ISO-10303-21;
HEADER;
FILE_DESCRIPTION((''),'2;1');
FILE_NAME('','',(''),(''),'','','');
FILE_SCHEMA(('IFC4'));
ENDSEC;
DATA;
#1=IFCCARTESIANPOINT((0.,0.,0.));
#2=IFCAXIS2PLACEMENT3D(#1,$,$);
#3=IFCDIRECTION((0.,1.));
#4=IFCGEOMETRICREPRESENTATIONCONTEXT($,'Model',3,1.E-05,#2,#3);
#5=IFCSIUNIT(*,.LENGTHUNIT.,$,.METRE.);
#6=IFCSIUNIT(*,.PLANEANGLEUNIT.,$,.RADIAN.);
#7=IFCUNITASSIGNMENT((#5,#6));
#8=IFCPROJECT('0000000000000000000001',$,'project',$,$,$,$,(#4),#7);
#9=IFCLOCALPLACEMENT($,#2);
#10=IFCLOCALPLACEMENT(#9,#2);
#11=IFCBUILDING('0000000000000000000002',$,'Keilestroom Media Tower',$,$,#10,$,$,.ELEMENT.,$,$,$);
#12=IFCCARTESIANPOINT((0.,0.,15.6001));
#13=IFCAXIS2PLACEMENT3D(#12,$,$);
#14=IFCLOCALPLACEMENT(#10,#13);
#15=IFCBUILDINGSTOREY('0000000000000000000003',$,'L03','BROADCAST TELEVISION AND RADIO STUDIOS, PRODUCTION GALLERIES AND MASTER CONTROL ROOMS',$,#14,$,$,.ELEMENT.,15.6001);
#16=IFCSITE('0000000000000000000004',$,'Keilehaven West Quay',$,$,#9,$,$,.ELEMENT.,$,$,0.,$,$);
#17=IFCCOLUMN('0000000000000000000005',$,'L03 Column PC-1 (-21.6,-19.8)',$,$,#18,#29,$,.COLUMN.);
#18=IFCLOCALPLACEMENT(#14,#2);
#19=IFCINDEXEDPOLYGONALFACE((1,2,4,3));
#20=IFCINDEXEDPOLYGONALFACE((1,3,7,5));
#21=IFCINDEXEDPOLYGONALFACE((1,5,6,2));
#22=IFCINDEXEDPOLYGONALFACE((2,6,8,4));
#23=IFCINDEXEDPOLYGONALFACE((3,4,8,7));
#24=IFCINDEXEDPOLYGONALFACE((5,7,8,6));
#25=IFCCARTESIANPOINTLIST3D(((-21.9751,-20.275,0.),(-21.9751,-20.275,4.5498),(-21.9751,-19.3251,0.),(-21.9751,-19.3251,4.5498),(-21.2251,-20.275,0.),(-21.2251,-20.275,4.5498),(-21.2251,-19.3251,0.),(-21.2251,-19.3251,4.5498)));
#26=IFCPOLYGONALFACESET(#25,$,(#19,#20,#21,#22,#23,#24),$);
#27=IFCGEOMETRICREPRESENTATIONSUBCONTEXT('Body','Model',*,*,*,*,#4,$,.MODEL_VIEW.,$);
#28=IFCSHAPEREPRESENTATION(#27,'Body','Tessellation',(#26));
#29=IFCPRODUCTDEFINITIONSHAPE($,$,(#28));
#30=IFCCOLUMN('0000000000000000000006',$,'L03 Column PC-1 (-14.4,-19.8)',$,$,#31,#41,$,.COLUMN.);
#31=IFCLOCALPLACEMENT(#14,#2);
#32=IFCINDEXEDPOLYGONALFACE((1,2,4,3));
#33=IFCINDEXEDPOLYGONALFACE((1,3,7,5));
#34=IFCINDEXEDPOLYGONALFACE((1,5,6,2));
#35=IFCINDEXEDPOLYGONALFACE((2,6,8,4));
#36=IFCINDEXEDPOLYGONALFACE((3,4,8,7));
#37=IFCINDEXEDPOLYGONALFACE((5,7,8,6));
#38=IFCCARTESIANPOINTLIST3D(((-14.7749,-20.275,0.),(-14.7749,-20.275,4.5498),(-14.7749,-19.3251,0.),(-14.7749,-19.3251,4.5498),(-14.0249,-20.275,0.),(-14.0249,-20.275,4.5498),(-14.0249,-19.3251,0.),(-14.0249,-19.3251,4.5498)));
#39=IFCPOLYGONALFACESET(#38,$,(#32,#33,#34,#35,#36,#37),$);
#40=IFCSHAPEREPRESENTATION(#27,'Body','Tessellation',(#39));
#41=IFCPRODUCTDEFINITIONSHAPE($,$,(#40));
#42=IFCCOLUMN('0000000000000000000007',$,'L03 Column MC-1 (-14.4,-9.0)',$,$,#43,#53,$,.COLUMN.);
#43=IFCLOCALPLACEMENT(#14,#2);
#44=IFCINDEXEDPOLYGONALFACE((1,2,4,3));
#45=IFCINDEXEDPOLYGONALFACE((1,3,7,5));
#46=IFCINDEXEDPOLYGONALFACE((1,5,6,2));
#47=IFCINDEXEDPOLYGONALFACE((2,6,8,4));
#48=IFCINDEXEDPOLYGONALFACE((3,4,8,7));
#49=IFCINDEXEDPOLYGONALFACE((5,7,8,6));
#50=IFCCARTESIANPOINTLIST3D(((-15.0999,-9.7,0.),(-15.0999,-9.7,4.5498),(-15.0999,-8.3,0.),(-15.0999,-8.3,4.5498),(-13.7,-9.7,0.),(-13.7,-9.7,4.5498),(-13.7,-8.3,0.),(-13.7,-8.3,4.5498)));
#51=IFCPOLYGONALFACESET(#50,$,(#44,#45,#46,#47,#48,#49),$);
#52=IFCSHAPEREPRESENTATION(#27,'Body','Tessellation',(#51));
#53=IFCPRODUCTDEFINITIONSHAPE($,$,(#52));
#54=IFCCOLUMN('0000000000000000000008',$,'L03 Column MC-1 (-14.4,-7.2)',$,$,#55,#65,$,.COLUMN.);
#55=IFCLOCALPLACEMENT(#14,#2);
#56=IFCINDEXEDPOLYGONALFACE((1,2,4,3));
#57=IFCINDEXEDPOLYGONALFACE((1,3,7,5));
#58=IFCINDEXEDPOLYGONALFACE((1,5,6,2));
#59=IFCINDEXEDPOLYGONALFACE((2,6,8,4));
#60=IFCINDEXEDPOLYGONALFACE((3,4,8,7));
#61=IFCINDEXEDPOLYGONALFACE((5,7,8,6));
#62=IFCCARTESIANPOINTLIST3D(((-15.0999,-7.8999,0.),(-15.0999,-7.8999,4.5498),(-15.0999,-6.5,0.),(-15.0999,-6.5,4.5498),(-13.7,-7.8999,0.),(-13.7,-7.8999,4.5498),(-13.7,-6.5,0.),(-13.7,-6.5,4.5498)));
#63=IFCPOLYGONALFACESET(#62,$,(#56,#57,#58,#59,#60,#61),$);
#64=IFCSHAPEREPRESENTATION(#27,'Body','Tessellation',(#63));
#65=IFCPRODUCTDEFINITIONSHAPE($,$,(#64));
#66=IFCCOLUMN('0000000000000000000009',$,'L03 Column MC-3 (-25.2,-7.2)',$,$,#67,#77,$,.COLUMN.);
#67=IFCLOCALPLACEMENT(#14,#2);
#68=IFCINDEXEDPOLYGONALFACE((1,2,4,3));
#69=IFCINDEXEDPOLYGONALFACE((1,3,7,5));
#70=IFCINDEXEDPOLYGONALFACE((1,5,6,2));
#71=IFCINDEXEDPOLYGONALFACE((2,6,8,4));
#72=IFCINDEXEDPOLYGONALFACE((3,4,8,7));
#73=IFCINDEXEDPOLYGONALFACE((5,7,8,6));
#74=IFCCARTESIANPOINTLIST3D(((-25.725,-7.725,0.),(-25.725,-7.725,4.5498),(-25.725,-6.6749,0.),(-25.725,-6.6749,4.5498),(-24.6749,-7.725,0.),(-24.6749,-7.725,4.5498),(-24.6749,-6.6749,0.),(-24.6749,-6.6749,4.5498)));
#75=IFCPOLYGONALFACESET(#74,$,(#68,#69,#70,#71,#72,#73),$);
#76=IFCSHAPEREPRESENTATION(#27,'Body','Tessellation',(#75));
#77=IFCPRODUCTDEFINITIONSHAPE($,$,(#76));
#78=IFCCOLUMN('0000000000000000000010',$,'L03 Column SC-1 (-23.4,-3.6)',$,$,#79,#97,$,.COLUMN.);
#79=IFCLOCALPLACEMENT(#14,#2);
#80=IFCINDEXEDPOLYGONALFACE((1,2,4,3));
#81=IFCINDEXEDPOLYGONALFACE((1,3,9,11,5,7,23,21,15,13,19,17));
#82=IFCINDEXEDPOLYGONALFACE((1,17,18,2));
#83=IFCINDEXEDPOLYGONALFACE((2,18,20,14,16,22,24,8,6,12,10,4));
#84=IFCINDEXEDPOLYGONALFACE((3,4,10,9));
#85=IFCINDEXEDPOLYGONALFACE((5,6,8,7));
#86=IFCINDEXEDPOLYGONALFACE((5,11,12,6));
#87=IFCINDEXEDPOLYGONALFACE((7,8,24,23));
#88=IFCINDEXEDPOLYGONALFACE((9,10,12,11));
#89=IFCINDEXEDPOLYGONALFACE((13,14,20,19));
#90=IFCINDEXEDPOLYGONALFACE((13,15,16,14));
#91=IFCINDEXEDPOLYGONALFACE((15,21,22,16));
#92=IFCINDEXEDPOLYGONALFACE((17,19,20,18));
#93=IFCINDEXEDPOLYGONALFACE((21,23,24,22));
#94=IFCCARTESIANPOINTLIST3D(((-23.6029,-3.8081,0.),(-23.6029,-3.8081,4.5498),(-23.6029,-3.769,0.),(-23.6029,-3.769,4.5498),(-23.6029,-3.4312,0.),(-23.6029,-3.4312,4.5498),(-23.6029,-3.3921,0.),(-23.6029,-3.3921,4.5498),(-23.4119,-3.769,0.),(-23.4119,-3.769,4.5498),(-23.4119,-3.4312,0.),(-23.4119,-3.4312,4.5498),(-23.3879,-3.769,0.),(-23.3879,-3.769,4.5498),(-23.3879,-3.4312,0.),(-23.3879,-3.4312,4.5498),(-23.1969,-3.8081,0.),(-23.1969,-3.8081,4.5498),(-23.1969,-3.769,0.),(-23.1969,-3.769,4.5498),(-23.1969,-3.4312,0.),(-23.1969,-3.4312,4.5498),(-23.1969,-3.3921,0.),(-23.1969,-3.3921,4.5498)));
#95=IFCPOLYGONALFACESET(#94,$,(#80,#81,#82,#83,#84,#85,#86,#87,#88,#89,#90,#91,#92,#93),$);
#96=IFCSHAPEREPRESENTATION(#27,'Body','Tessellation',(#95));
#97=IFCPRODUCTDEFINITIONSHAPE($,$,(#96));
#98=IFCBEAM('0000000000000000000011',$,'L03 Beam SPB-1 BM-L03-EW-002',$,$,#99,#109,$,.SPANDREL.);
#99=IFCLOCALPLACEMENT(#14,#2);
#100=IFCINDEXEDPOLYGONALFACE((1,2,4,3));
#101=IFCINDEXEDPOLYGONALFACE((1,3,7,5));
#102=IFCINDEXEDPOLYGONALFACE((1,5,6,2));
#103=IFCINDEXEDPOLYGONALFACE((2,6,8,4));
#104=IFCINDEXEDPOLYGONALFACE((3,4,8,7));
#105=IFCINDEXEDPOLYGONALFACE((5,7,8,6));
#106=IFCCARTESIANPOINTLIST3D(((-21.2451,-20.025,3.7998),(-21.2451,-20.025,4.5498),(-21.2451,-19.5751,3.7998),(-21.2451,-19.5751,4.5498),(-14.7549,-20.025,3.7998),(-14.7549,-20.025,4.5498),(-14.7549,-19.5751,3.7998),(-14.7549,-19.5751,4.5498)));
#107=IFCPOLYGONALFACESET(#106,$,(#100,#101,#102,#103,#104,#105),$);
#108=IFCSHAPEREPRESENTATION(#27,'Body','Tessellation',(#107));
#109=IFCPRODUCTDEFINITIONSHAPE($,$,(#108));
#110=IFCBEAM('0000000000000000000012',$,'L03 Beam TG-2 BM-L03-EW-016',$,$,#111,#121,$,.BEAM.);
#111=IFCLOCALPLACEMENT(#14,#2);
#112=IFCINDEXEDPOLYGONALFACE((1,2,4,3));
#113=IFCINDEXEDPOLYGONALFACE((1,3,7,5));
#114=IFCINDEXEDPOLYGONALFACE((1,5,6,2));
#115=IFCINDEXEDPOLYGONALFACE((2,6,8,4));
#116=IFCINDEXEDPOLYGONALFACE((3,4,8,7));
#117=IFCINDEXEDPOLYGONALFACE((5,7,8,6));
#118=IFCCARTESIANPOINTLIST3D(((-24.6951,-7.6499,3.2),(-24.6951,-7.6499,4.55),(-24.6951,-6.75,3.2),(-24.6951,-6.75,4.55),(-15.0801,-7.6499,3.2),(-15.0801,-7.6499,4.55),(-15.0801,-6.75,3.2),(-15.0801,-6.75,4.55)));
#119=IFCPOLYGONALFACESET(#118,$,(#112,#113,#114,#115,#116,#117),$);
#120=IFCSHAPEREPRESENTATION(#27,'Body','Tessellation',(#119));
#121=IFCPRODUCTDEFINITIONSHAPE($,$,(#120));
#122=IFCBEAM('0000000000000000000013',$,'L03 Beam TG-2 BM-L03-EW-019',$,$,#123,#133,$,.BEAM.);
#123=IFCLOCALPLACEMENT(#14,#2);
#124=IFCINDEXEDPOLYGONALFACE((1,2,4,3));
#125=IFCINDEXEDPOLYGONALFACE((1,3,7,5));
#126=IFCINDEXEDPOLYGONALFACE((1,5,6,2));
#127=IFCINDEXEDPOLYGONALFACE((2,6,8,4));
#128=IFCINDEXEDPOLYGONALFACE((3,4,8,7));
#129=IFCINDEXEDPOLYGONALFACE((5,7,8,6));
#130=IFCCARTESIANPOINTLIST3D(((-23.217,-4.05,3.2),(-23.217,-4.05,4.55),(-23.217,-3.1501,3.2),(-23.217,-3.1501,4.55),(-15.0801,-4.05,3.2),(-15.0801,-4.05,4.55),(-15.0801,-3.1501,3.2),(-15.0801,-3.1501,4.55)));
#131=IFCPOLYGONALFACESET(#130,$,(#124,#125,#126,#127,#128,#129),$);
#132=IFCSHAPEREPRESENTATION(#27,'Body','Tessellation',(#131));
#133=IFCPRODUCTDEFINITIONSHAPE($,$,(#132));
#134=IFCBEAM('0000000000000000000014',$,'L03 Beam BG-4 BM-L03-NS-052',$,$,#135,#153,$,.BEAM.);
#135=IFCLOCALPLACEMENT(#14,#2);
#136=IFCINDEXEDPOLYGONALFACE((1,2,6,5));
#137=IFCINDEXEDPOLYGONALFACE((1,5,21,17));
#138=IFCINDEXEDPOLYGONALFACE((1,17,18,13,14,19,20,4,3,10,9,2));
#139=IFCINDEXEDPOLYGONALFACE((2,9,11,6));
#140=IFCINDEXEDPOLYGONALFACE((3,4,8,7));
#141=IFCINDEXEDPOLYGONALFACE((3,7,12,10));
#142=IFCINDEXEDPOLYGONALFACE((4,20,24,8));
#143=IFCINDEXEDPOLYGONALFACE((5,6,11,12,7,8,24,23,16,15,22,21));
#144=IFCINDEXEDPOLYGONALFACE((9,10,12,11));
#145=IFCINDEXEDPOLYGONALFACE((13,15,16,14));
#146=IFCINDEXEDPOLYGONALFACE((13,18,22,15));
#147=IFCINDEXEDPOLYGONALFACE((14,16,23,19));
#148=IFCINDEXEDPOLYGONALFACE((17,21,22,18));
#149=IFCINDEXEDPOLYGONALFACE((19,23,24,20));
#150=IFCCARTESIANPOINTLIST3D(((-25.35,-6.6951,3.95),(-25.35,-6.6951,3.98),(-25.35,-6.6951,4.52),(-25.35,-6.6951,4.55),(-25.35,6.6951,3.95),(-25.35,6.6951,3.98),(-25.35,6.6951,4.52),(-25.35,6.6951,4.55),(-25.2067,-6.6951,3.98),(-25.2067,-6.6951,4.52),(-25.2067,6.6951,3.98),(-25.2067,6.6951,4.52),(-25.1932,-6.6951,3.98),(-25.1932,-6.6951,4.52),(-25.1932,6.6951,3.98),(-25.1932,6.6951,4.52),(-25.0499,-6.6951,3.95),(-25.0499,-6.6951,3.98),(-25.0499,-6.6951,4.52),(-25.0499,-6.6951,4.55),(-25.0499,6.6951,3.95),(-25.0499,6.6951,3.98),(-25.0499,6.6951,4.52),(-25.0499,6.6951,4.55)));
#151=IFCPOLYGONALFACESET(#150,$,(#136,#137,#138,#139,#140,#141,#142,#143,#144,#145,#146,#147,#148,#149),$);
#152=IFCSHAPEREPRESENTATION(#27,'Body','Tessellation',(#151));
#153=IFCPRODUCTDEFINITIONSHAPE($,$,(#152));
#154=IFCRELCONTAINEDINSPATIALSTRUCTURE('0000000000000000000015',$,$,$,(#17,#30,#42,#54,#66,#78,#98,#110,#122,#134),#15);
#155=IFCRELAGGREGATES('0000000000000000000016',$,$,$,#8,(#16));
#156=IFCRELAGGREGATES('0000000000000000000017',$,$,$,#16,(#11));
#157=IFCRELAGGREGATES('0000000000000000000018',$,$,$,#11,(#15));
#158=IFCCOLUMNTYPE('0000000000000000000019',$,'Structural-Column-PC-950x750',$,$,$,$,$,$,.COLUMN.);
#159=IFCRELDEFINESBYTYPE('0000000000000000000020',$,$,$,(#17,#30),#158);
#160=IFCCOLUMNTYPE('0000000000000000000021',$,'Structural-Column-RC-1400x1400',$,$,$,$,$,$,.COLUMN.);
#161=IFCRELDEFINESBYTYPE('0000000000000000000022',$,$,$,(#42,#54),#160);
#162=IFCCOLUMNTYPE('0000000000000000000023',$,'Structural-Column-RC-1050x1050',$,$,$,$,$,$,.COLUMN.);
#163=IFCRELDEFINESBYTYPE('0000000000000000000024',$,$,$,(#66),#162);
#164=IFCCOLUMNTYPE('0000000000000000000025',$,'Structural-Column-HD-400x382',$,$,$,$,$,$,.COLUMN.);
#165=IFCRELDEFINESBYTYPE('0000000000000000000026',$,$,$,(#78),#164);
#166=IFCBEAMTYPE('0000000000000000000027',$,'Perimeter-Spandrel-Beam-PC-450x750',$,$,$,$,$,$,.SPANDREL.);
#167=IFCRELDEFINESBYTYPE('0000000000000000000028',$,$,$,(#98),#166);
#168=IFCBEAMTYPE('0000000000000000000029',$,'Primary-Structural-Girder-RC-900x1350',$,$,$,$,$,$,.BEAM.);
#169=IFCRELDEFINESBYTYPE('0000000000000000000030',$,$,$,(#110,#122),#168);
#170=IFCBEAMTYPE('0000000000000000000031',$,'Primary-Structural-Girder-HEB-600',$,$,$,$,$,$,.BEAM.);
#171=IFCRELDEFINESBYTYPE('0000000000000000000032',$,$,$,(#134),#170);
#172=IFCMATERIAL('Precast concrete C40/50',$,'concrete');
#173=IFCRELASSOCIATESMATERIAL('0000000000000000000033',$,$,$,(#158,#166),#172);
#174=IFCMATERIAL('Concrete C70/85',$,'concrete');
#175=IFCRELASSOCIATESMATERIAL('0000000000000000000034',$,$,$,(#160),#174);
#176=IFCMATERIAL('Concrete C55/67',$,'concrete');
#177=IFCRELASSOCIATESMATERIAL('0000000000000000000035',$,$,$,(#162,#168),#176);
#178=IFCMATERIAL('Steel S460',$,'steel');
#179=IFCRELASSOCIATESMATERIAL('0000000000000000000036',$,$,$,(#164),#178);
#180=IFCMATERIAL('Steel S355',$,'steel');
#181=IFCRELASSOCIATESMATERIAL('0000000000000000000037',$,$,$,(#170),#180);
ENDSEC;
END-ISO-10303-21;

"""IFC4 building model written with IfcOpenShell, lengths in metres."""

from ifc_helpers import new_model, si_unit, direction, frame, origin, origin_2d, place, context, subcontext, project, spatial, rectangle, i_section, extrude, source, transform, mapped, material, material_profile, profile_set, type_object, element, save


model = new_model("IFC4")

# Units and contexts
model_context = context("Model", 3, precision=1e-05, world=origin(), true_north=direction((0.0, 1.0)))
body_context = subcontext(model_context, "Body", "Model", "MODEL_VIEW")
ifc_project = project(units=[si_unit("LENGTHUNIT", "METRE"), si_unit("PLANEANGLEUNIT", "RADIAN")], contexts=[model_context])

# Site, building, storey
site_placement = place(None, origin())
site = spatial("IfcSite", under=ifc_project, at=site_placement, Name="Keilehaven West Quay", CompositionType="ELEMENT", RefElevation=0.0)
building_placement = place(site_placement, origin())
building = spatial("IfcBuilding", under=site, at=building_placement, Name="Keilestroom Media Tower", CompositionType="ELEMENT")
storey_placement = place(building_placement, frame((0.0, 0.0, 15.6001)))
storey = spatial("IfcBuildingStorey", under=building, at=storey_placement, Name="L03", Description="BROADCAST TELEVISION AND RADIO STUDIOS, PRODUCTION GALLERIES AND MASTER CONTROL ROOMS", CompositionType="ELEMENT", Elevation=15.6001)

# Columns
ifc_material_1 = material(Name="Precast concrete C40/50", Category="concrete")
ifc_material_profile_1 = material_profile(ifc_material_1, rectangle(XDim=0.75, YDim=0.95, at=origin_2d()), Name="PC 950x750")
ifc_profile_set_1 = profile_set([ifc_material_profile_1], Name="Precast concrete C40/50")
column_type_1 = type_object("IfcColumnType", Name="Structural-Column-PC-950x750", PredefinedType="COLUMN", material=ifc_profile_set_1)
shared_shape_1 = source(origin(), body_context, "Body", "SweptSolid", [
    extrude(rectangle(XDim=0.75, YDim=0.95, at=origin_2d()), origin(), (0.0, 0.0, 1.0), 4.5498),
])
for number, where, z_axis, x_axis, name in (
    (1, (-21.6001, -19.8, 0.0), (0.0, 0.0, 1.0), (1.0, 0.0, 0.0), "L03 Column PC-1 (-21.6,-19.8)"),
    (2, (-14.3999, -19.8, 0.0), (0.0, 0.0, 1.0), (1.0, 0.0, 0.0), "L03 Column PC-1 (-14.4,-19.8)"),
):
    element("IfcColumn", number, at=place(storey_placement, frame(where, z_axis=z_axis, x_axis=x_axis)), inside=storey, type_object=column_type_1, Name=name, PredefinedType="COLUMN", context=body_context, shape_type="MappedRepresentation", body=[
        mapped(shared_shape_1, transform((0.0, 0.0, 0.0), x_axis=(1.0, 0.0, 0.0), y_axis=(0.0, 1.0, 0.0), z_axis=(0.0, 0.0, 1.0), scale=1.0)),
    ])
ifc_material_2 = material(Name="Concrete C70/85", Category="concrete")
ifc_material_profile_2 = material_profile(ifc_material_2, rectangle(XDim=1.3999, YDim=1.3999, at=origin_2d()), Name="RC 1400x1400")
ifc_profile_set_2 = profile_set([ifc_material_profile_2], Name="Concrete C70/85")
column_type_2 = type_object("IfcColumnType", Name="Structural-Column-RC-1400x1400", PredefinedType="COLUMN", material=ifc_profile_set_2)
shared_shape_2 = source(origin(), body_context, "Body", "SweptSolid", [
    extrude(rectangle(XDim=1.3999, YDim=1.3999, at=origin_2d()), origin(), (0.0, 0.0, 1.0), 4.5498),
])
for number, where, z_axis, x_axis, name in (
    (3, (-14.3999, -9.0, 0.0), (0.0, 0.0, 1.0), (1.0, 0.0, 0.0), "L03 Column MC-1 (-14.4,-9.0)"),
    (4, (-14.3999, -7.2, 0.0), (0.0, 0.0, 1.0), (1.0, 0.0, 0.0), "L03 Column MC-1 (-14.4,-7.2)"),
):
    element("IfcColumn", number, at=place(storey_placement, frame(where, z_axis=z_axis, x_axis=x_axis)), inside=storey, type_object=column_type_2, Name=name, PredefinedType="COLUMN", context=body_context, shape_type="MappedRepresentation", body=[
        mapped(shared_shape_2, transform((0.0, 0.0, 0.0), x_axis=(1.0, 0.0, 0.0), y_axis=(0.0, 1.0, 0.0), z_axis=(0.0, 0.0, 1.0), scale=1.0)),
    ])
ifc_material_3 = material(Name="Concrete C55/67", Category="concrete")
ifc_material_profile_3 = material_profile(ifc_material_3, rectangle(XDim=1.05, YDim=1.05, at=origin_2d()), Name="RC 1050x1050")
ifc_profile_set_3 = profile_set([ifc_material_profile_3], Name="Concrete C55/67")
column_type_3 = type_object("IfcColumnType", Name="Structural-Column-RC-1050x1050", PredefinedType="COLUMN", material=ifc_profile_set_3)
shared_shape_3 = source(origin(), body_context, "Body", "SweptSolid", [
    extrude(rectangle(XDim=1.05, YDim=1.05, at=origin_2d()), origin(), (0.0, 0.0, 1.0), 4.5498),
])
column_1_placement = place(storey_placement, frame((-25.2, -7.2, 0.0), z_axis=(0.0, 0.0, 1.0), x_axis=(1.0, 0.0, 0.0)))
element("IfcColumn", 5, at=column_1_placement, inside=storey, type_object=column_type_3, Name="L03 Column MC-3 (-25.2,-7.2)", PredefinedType="COLUMN", context=body_context, shape_type="MappedRepresentation", body=[
    mapped(shared_shape_3, transform((0.0, 0.0, 0.0), x_axis=(1.0, 0.0, 0.0), y_axis=(0.0, 1.0, 0.0), z_axis=(0.0, 0.0, 1.0), scale=1.0)),
])
ifc_material_4 = material(Name="Steel S460", Category="steel")
ifc_material_profile_4 = material_profile(ifc_material_4, i_section(OverallWidth=0.406, OverallDepth=0.416, WebThickness=0.0239, FlangeThickness=0.0391, at=origin_2d()), Name="HD 400x382")
ifc_profile_set_4 = profile_set([ifc_material_profile_4], Name="Steel S460")
column_type_4 = type_object("IfcColumnType", Name="Structural-Column-HD-400x382", PredefinedType="COLUMN", material=ifc_profile_set_4)
shared_shape_4 = source(origin(), body_context, "Body", "SweptSolid", [
    extrude(i_section(OverallWidth=0.406, OverallDepth=0.416, WebThickness=0.0239, FlangeThickness=0.0391, at=origin_2d()), origin(), (0.0, 0.0, 1.0), 4.5498),
])
column_2_placement = place(storey_placement, frame((-23.3999, -3.6001, 0.0), z_axis=(0.0, 0.0, 1.0), x_axis=(1.0, 0.0, 0.0)))
element("IfcColumn", 6, at=column_2_placement, inside=storey, type_object=column_type_4, Name="L03 Column SC-1 (-23.4,-3.6)", PredefinedType="COLUMN", context=body_context, shape_type="MappedRepresentation", body=[
    mapped(shared_shape_4, transform((0.0, 0.0, 0.0), x_axis=(1.0, 0.0, 0.0), y_axis=(0.0, 1.0, 0.0), z_axis=(0.0, 0.0, 1.0), scale=1.0)),
])

# Beams
ifc_material_profile_5 = material_profile(ifc_material_1, rectangle(XDim=0.45, YDim=0.75, at=origin_2d()), Name="PC 450x750")
ifc_profile_set_5 = profile_set([ifc_material_profile_5], Name="Precast concrete C40/50")
beam_type_1 = type_object("IfcBeamType", Name="Perimeter-Spandrel-Beam-PC-450x750", PredefinedType="SPANDREL", material=ifc_profile_set_5)
shared_shape_5 = source(origin(), body_context, "Body", "SweptSolid", [
    extrude(rectangle(XDim=0.45, YDim=0.75, at=origin_2d()), origin(), (0.0, 0.0, 1.0), 6.4902),
])
beam_1_placement = place(storey_placement, frame((-21.2451, -19.8, 4.1748), z_axis=(1.0, 0.0, 0.0), x_axis=(0.0, 1.0, 0.0)))
element("IfcBeam", 7, at=beam_1_placement, inside=storey, type_object=beam_type_1, Name="L03 Beam SPB-1 BM-L03-EW-002", PredefinedType="SPANDREL", context=body_context, shape_type="MappedRepresentation", body=[
    mapped(shared_shape_5, transform((0.0, 0.0, 0.0), x_axis=(1.0, 0.0, 0.0), y_axis=(0.0, 1.0, 0.0), z_axis=(0.0, 0.0, 1.0), scale=1.0)),
])
ifc_material_profile_6 = material_profile(ifc_material_3, rectangle(XDim=0.8999, YDim=1.3501, at=origin_2d()), Name="RC 900x1350")
ifc_profile_set_6 = profile_set([ifc_material_profile_6], Name="Concrete C55/67")
beam_type_2 = type_object("IfcBeamType", Name="Primary-Structural-Girder-RC-900x1350", PredefinedType="BEAM", material=ifc_profile_set_6)
shared_shape_6 = source(origin(), body_context, "Body", "SweptSolid", [
    extrude(rectangle(XDim=0.8999, YDim=1.3501, at=origin_2d()), origin(), (0.0, 0.0, 1.0), 9.615),
])
beam_2_placement = place(storey_placement, frame((-24.6951, -7.2, 3.875), z_axis=(1.0, 0.0, 0.0), x_axis=(0.0, 1.0, 0.0)))
element("IfcBeam", 8, at=beam_2_placement, inside=storey, type_object=beam_type_2, Name="L03 Beam TG-2 BM-L03-EW-016", PredefinedType="BEAM", context=body_context, shape_type="MappedRepresentation", body=[
    mapped(shared_shape_6, transform((0.0, 0.0, 0.0), x_axis=(1.0, 0.0, 0.0), y_axis=(0.0, 1.0, 0.0), z_axis=(0.0, 0.0, 1.0), scale=1.0)),
])
shared_shape_7 = source(origin(), body_context, "Body", "SweptSolid", [
    extrude(rectangle(XDim=0.8999, YDim=1.3501, at=origin_2d()), origin(), (0.0, 0.0, 1.0), 8.137),
])
beam_3_placement = place(storey_placement, frame((-23.217, -3.6001, 3.875), z_axis=(1.0, 0.0, 0.0), x_axis=(0.0, 1.0, 0.0)))
element("IfcBeam", 9, at=beam_3_placement, inside=storey, type_object=beam_type_2, Name="L03 Beam TG-2 BM-L03-EW-019", PredefinedType="BEAM", context=body_context, shape_type="MappedRepresentation", body=[
    mapped(shared_shape_7, transform((0.0, 0.0, 0.0), x_axis=(1.0, 0.0, 0.0), y_axis=(0.0, 1.0, 0.0), z_axis=(0.0, 0.0, 1.0), scale=1.0)),
])
ifc_material_5 = material(Name="Steel S355", Category="steel")
ifc_material_profile_7 = material_profile(ifc_material_5, i_section(OverallWidth=0.3, OverallDepth=0.6001, WebThickness=0.0134, FlangeThickness=0.03, at=origin_2d()), Name="HEB 600")
ifc_profile_set_7 = profile_set([ifc_material_profile_7], Name="Steel S355")
beam_type_3 = type_object("IfcBeamType", Name="Primary-Structural-Girder-HEB-600", PredefinedType="BEAM", material=ifc_profile_set_7)
shared_shape_8 = source(origin(), body_context, "Body", "SweptSolid", [
    extrude(i_section(OverallWidth=0.3, OverallDepth=0.6001, WebThickness=0.0134, FlangeThickness=0.03, at=origin_2d()), origin(), (0.0, 0.0, 1.0), 13.3901),
])
beam_4_placement = place(storey_placement, frame((-25.2, -6.6951, 4.25), z_axis=(0.0, 1.0, 0.0), x_axis=(-1.0, 0.0, 0.0)))
element("IfcBeam", 10, at=beam_4_placement, inside=storey, type_object=beam_type_3, Name="L03 Beam BG-4 BM-L03-NS-052", PredefinedType="BEAM", context=body_context, shape_type="MappedRepresentation", body=[
    mapped(shared_shape_8, transform((0.0, 0.0, 0.0), x_axis=(1.0, 0.0, 0.0), y_axis=(0.0, 1.0, 0.0), z_axis=(0.0, 0.0, 1.0), scale=1.0)),
])

save(model, "model.ifc")
